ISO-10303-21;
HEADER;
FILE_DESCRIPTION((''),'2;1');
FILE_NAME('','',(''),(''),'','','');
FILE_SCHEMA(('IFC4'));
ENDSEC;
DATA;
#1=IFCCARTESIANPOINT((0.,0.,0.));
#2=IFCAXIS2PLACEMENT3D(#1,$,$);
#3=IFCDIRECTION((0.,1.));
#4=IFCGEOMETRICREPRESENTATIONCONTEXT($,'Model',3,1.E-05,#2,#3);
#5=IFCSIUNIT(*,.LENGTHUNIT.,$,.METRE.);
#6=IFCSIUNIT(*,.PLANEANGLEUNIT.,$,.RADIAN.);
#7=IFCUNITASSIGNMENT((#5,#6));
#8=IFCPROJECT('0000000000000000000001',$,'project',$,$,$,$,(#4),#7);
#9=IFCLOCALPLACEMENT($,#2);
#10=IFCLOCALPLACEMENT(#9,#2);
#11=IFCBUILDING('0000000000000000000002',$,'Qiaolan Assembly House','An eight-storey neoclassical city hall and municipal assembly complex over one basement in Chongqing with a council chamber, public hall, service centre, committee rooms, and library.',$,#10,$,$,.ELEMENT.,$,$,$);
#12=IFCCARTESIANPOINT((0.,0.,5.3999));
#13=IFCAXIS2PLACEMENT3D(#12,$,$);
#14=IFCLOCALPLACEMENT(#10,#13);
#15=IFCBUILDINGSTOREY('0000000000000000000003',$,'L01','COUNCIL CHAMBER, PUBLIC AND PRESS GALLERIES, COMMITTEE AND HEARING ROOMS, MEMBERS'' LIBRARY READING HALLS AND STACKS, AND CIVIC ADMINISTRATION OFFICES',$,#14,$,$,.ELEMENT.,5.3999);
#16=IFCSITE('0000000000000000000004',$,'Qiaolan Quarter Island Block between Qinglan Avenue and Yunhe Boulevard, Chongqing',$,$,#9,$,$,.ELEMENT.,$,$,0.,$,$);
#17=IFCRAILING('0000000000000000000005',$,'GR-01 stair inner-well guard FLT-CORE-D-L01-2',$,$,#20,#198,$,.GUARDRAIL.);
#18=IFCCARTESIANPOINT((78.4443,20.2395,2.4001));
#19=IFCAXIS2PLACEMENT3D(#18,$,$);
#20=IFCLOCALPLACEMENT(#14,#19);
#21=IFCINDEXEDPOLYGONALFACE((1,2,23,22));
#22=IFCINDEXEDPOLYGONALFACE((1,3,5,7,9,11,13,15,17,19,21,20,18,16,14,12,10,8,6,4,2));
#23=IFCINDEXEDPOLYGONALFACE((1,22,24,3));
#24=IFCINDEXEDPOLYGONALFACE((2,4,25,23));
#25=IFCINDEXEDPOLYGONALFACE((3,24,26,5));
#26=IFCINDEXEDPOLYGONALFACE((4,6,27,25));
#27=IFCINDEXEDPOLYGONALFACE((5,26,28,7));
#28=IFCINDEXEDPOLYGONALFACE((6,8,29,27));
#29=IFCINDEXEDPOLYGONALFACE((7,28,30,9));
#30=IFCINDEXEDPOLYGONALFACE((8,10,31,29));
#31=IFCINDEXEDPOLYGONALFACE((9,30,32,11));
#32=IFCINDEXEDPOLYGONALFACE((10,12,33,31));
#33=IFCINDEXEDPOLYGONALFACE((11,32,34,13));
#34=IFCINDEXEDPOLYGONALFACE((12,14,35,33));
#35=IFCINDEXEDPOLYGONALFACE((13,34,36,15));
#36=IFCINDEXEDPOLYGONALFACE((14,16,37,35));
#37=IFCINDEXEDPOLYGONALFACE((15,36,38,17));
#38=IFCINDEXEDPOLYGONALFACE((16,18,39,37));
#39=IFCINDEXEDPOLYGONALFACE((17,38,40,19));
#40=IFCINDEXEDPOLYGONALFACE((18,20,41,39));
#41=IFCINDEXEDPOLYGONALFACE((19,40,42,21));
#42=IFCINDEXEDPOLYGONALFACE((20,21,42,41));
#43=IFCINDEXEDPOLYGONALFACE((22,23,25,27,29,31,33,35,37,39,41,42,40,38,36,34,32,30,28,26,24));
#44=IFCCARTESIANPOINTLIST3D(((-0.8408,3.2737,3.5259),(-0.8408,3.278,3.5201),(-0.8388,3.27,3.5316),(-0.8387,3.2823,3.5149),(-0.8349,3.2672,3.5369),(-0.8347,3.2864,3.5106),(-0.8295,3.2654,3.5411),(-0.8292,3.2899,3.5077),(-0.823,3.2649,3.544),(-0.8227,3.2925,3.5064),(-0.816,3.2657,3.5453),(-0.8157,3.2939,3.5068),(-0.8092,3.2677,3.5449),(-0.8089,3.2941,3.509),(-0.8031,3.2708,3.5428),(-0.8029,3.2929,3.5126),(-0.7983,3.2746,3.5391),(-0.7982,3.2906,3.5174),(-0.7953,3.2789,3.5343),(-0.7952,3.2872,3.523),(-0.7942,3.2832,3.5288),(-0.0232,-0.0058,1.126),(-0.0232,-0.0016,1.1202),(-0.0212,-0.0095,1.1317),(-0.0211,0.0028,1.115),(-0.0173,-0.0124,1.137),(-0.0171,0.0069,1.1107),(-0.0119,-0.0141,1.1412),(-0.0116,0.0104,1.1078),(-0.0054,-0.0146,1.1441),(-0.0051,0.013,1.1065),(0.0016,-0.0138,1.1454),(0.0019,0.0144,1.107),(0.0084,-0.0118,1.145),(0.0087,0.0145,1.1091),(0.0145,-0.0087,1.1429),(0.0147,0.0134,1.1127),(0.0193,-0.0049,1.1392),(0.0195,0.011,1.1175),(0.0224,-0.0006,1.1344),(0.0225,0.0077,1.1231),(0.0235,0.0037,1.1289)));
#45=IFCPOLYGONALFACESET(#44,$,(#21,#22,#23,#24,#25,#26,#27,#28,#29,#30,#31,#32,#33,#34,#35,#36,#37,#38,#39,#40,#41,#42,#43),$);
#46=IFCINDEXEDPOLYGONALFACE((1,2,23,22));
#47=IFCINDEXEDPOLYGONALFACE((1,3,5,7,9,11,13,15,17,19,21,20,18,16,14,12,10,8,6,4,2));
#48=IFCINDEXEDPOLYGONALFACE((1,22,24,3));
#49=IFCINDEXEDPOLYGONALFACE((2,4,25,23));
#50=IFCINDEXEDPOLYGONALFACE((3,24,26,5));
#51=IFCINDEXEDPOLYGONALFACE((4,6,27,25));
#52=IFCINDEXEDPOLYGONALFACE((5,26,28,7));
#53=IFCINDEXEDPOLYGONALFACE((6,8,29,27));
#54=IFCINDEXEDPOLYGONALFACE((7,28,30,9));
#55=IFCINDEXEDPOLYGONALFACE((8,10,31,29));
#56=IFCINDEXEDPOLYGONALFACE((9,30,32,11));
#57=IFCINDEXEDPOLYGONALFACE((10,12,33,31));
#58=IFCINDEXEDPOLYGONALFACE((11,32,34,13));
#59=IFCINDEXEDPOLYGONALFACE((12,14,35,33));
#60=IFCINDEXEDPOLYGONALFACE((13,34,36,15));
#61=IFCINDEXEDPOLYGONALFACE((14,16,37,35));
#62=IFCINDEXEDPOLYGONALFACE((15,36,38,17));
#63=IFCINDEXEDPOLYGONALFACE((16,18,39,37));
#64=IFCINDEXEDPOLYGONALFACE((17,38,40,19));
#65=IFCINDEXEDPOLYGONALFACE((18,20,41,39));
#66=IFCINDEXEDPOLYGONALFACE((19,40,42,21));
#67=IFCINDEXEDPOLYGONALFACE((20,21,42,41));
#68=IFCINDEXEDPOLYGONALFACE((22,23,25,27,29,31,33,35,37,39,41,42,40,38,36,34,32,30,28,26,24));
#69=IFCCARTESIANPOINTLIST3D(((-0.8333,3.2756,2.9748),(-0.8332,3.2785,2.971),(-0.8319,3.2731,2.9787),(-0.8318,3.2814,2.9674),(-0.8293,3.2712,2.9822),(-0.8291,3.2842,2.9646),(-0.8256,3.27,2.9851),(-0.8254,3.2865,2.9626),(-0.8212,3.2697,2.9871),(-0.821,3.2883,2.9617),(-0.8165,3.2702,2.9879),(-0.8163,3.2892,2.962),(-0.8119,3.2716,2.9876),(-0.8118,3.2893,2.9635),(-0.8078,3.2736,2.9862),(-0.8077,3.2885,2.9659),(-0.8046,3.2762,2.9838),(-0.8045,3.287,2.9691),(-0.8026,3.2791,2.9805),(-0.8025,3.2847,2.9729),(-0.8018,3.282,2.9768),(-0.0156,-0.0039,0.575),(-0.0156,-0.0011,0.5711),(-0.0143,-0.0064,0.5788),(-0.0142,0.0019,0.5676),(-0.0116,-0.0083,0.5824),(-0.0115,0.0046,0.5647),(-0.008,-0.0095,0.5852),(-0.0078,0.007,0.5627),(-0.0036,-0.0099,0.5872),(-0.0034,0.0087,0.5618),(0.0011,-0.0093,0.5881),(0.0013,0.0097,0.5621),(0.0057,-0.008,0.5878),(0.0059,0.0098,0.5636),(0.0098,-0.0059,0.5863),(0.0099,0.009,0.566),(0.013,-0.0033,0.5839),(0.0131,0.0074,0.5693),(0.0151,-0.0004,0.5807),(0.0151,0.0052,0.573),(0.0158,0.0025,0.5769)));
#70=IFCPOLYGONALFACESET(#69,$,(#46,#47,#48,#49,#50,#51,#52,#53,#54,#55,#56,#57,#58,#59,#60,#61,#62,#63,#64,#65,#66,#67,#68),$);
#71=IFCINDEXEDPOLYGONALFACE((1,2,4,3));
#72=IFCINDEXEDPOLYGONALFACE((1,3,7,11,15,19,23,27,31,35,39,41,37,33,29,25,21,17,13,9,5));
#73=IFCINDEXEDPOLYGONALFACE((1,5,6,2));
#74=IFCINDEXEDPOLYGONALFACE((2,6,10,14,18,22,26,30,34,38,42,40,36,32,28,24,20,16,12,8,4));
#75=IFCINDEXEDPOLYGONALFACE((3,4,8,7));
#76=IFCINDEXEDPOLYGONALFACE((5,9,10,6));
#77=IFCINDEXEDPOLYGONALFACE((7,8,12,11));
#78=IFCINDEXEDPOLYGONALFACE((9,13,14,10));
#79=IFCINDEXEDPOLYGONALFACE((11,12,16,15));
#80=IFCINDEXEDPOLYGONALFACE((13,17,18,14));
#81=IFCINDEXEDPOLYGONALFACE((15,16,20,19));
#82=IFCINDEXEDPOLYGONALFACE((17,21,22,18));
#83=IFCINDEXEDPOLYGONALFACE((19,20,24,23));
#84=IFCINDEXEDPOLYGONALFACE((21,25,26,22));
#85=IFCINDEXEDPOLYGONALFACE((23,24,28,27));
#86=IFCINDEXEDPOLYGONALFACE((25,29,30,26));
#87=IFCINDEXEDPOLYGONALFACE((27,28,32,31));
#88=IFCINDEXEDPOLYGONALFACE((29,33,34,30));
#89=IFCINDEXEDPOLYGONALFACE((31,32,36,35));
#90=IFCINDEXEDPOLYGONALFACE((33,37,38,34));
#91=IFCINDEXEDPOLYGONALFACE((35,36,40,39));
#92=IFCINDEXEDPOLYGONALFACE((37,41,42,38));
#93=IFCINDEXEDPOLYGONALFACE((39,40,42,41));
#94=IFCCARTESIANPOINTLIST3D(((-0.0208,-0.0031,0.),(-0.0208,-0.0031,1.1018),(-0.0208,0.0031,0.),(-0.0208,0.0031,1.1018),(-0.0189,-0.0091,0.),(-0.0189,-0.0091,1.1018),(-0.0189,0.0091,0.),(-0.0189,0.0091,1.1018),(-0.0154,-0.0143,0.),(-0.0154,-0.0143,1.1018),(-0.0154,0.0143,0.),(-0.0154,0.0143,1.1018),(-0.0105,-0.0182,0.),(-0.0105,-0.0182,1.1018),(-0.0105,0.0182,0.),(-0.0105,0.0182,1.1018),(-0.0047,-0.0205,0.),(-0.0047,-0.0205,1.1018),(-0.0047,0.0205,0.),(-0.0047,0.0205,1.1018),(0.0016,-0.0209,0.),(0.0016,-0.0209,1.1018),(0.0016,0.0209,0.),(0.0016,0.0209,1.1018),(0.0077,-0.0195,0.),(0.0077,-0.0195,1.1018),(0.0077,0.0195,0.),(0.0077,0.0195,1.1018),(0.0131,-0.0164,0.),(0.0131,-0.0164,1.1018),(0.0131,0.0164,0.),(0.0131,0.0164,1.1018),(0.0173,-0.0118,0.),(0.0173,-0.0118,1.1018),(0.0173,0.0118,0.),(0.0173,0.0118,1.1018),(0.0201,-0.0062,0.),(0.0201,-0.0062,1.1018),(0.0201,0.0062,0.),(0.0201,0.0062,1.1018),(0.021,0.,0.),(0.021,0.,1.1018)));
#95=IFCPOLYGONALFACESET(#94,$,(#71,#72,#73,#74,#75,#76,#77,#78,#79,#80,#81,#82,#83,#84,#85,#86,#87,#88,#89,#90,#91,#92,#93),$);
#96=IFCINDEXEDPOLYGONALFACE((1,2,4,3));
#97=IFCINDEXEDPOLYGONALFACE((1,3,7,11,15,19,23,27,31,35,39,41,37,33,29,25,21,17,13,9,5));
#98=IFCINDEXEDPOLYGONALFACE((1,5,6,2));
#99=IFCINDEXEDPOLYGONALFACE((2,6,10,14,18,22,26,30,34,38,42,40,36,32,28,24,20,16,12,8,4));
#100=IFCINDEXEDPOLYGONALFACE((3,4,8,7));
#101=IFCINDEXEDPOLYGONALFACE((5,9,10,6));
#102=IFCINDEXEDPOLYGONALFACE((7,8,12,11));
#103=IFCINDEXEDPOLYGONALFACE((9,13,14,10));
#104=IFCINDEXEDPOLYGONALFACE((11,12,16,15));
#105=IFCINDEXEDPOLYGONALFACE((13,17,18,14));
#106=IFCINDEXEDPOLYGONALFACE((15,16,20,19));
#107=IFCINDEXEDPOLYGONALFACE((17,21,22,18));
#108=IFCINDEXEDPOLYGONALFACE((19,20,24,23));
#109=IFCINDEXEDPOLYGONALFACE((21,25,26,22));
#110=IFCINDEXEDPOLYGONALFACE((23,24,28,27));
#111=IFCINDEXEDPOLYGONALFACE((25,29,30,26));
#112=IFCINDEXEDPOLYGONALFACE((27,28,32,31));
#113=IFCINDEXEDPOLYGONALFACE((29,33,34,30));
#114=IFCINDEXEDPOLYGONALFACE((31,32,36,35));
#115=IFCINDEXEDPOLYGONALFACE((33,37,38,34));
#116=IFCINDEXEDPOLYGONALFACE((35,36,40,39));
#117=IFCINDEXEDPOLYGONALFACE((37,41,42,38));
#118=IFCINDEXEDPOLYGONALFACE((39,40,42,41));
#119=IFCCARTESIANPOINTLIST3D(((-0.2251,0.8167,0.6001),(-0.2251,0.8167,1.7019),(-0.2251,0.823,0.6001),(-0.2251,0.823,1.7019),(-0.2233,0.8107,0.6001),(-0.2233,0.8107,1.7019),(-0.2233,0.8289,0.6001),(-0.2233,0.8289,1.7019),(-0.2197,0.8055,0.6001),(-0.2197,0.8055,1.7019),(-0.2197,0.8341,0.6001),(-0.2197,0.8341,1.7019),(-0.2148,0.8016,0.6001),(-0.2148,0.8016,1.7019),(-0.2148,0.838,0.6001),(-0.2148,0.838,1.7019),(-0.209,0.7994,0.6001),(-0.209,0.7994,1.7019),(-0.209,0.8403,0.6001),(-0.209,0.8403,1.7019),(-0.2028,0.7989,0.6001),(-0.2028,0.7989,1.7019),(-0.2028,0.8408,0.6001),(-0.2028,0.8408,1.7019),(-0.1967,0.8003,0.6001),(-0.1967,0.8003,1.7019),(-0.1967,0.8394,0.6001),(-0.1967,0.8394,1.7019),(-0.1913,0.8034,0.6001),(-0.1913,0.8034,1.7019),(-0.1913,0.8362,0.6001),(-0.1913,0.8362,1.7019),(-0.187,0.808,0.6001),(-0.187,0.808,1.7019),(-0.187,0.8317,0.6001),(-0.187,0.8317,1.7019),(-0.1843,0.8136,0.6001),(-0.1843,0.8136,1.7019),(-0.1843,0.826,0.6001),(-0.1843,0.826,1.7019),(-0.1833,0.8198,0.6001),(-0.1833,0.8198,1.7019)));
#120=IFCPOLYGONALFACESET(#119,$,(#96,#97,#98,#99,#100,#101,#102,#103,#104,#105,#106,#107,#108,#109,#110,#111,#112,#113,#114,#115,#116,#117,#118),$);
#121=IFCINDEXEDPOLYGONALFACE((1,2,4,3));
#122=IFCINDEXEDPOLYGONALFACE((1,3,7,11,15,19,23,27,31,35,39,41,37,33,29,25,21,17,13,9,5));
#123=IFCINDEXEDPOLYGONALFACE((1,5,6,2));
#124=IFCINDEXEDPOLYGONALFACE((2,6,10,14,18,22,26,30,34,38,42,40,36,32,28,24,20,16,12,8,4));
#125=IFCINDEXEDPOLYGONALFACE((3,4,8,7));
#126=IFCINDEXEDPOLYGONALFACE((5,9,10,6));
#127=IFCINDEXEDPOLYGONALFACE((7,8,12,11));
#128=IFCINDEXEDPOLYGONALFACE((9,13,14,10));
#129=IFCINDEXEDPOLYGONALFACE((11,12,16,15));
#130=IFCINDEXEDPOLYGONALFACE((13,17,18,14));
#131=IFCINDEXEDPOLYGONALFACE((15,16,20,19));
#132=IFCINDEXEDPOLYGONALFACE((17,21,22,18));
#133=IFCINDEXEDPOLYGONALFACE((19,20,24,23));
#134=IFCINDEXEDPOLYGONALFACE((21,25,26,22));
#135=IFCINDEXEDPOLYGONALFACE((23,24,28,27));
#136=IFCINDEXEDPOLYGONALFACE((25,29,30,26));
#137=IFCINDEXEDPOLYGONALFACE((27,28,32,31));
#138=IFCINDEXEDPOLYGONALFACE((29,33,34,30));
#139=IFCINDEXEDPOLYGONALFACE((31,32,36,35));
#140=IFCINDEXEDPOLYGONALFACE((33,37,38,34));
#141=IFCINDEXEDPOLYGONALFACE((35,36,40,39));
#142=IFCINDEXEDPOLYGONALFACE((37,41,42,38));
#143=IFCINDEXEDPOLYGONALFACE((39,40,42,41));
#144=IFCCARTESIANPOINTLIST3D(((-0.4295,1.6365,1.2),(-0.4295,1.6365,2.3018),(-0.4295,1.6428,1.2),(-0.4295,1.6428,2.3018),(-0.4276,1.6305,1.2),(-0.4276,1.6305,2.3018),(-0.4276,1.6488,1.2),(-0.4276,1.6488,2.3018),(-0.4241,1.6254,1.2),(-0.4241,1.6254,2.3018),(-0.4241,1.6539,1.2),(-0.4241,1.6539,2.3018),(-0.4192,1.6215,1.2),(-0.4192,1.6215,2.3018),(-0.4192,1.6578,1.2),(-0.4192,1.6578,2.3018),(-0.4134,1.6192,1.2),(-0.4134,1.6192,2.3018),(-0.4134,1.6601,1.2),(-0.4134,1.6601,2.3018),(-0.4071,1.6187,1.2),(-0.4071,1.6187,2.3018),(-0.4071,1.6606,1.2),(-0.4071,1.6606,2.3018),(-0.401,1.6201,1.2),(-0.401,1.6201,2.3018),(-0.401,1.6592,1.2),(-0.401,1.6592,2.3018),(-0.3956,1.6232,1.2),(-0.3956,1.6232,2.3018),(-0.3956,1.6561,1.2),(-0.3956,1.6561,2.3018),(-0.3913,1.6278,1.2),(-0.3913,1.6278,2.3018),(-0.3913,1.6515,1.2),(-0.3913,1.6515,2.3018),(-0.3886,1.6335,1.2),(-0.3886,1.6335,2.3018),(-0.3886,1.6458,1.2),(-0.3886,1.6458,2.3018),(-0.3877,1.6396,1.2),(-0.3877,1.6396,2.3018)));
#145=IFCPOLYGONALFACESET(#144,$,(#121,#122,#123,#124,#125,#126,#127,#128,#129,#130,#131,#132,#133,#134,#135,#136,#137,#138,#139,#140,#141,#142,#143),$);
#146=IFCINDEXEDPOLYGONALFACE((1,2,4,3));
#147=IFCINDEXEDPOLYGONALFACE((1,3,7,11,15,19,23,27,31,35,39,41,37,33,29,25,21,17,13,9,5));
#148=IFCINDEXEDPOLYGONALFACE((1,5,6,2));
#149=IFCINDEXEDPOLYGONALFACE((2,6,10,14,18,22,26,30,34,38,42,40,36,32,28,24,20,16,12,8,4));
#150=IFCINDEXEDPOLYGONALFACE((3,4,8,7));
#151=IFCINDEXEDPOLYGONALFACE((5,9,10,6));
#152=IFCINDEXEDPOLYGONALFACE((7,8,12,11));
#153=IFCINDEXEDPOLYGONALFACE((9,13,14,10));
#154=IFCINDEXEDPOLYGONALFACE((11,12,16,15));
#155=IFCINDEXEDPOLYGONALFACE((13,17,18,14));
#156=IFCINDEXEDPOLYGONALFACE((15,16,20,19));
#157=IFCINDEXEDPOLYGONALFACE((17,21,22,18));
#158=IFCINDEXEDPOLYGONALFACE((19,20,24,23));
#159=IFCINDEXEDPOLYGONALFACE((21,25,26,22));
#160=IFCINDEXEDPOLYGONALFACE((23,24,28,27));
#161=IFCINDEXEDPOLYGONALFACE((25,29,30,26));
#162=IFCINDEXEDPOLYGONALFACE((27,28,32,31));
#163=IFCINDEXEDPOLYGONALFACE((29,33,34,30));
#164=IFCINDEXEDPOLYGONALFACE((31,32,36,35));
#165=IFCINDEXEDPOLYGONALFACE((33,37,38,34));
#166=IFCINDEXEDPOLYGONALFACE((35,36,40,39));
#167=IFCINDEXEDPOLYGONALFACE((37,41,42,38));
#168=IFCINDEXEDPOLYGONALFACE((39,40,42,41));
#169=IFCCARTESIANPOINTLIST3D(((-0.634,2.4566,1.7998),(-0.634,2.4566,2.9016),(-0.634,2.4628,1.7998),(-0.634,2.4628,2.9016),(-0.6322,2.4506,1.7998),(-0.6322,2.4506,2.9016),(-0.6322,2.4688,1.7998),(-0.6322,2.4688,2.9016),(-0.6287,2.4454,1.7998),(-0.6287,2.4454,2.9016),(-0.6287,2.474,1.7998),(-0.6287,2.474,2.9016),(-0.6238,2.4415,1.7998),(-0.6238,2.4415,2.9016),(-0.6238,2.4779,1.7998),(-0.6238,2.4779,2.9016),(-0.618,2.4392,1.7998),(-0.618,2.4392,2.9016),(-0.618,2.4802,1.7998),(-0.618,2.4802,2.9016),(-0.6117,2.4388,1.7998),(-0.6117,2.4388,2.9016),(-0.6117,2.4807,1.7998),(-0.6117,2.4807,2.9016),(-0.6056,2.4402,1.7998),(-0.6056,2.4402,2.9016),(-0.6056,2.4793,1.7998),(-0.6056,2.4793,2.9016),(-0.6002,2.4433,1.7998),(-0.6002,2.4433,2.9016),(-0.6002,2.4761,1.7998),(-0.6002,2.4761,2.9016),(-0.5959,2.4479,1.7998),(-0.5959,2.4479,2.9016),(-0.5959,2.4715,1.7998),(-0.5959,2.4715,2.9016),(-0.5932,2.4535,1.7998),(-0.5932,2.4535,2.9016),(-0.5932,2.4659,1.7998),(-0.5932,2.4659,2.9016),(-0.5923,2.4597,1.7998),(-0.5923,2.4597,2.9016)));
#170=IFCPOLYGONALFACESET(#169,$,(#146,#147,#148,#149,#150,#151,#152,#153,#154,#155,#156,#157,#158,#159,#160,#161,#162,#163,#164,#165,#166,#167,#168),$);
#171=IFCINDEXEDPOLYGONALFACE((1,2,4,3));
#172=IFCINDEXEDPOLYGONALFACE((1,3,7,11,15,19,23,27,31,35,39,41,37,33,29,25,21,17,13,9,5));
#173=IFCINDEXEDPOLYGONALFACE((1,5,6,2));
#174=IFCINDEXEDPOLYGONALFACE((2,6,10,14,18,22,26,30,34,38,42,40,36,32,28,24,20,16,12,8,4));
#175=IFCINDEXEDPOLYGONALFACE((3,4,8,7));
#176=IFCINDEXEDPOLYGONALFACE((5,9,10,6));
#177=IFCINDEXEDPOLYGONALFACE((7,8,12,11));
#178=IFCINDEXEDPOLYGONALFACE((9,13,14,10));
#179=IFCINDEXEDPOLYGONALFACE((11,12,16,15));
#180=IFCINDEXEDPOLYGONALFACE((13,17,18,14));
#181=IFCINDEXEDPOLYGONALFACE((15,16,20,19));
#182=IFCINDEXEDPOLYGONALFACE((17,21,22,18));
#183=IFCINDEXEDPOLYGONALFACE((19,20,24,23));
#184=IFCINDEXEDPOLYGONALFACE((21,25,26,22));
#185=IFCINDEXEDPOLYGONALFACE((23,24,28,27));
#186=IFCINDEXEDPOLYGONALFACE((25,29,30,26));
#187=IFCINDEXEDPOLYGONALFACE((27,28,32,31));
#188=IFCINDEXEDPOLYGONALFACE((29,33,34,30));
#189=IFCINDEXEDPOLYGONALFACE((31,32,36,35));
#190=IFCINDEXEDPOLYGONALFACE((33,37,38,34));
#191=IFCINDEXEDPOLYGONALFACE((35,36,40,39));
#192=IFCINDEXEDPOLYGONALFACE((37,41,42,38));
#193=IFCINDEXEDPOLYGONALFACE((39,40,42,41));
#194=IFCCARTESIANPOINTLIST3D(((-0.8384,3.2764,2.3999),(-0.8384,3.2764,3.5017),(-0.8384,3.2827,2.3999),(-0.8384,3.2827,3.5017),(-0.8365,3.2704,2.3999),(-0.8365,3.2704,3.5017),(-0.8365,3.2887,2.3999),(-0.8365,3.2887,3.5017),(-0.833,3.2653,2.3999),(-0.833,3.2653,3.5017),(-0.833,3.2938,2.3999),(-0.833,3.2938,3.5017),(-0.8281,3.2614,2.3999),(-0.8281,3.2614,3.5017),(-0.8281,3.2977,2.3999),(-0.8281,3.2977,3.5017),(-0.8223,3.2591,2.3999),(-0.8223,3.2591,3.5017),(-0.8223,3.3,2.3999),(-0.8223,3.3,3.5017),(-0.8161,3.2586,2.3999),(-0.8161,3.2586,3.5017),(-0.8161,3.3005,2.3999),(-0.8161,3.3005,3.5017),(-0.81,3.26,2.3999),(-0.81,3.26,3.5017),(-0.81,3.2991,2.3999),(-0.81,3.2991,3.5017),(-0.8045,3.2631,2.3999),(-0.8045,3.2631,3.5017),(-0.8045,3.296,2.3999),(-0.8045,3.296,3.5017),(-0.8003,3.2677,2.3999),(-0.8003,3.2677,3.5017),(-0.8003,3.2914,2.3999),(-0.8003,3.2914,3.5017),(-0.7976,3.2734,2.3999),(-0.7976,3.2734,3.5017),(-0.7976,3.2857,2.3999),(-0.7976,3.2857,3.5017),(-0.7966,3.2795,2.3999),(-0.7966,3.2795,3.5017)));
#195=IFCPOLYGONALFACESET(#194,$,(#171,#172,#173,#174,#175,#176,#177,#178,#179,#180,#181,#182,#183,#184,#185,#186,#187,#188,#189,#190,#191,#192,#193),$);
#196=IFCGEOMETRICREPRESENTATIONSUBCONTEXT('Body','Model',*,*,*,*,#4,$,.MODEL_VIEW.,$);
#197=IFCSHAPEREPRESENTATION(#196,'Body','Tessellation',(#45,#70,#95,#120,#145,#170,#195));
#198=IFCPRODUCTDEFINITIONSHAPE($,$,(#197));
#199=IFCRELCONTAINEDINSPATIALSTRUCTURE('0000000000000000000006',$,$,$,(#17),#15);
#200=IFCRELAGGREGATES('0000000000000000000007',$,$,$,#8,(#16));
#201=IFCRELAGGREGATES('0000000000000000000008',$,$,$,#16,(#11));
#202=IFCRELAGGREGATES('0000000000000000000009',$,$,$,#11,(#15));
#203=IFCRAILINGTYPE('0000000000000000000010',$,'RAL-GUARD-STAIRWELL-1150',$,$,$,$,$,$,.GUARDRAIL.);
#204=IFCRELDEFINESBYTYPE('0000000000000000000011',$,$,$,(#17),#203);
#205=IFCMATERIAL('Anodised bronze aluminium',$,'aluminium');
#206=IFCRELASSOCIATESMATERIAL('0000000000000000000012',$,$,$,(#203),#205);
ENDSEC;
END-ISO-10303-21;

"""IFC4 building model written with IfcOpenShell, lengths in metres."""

from ifc_helpers import new_model, si_unit, direction, frame, origin, origin_2d, place, context, subcontext, project, spatial, circle, extrude, material, type_object, element, save


model = new_model("IFC4")

# Units and contexts
model_context = context("Model", 3, precision=1e-05, world=origin(), true_north=direction((0.0, 1.0)))
body_context = subcontext(model_context, "Body", "Model", "MODEL_VIEW")
ifc_project = project(units=[si_unit("LENGTHUNIT", "METRE"), si_unit("PLANEANGLEUNIT", "RADIAN")], contexts=[model_context])

# Site, building, storey
site_placement = place(None, origin())
site = spatial("IfcSite", under=ifc_project, at=site_placement, Name="Qiaolan Quarter Island Block between Qinglan Avenue and Yunhe Boulevard, Chongqing", CompositionType="ELEMENT", RefElevation=0.0)
building_placement = place(site_placement, origin())
building = spatial("IfcBuilding", under=site, at=building_placement, Name="Qiaolan Assembly House", Description="An eight-storey neoclassical city hall and municipal assembly complex over one basement in Chongqing with a council chamber, public hall, service centre, committee rooms, and library.", CompositionType="ELEMENT")
storey_placement = place(building_placement, frame((0.0, 0.0, 5.3999)))
storey = spatial("IfcBuildingStorey", under=building, at=storey_placement, Name="L01", Description="COUNCIL CHAMBER, PUBLIC AND PRESS GALLERIES, COMMITTEE AND HEARING ROOMS, MEMBERS' LIBRARY READING HALLS AND STACKS, AND CIVIC ADMINISTRATION OFFICES", CompositionType="ELEMENT", Elevation=5.3999)

# Railing
ifc_material_1 = material(Name="Anodised bronze aluminium", Category="aluminium")
railing_type_1 = type_object("IfcRailingType", Name="RAL-GUARD-STAIRWELL-1150", PredefinedType="GUARDRAIL", material=ifc_material_1)
railing_1_placement = place(storey_placement, frame((78.4443, 20.2395, 2.4001)))
element("IfcRailing", 1, at=railing_1_placement, inside=storey, type_object=railing_type_1, Name="GR-01 stair inner-well guard FLT-CORE-D-L01-2", PredefinedType="GUARDRAIL", context=body_context, shape_type="SweptSolid", body=[
    extrude(circle(Radius=0.0239, at=origin_2d()), frame((0.0, 0.0, 1.126), z_axis=(-0.197242, 0.791149, 0.578947), x_axis=(-0.9703, -0.241907, 0.0)), (0.0, 0.0, 1.0), 4.1453),
    extrude(circle(Radius=0.0161, at=origin_2d()), frame((0.0, 0.0, 0.575), z_axis=(-0.197242, 0.791149, 0.578947), x_axis=(-0.9703, -0.241907, 0.0)), (0.0, 0.0, 1.0), 4.1453),
    extrude(circle(Radius=0.021, at=origin_2d()), origin(), (0.0, 0.0, 1.0), 1.1018),
    extrude(circle(Radius=0.021, at=origin_2d()), frame((-0.2043, 0.8198, 0.6001)), (0.0, 0.0, 1.0), 1.1018),
    extrude(circle(Radius=0.021, at=origin_2d()), frame((-0.4087, 1.6396, 1.2)), (0.0, 0.0, 1.0), 1.1018),
    extrude(circle(Radius=0.021, at=origin_2d()), frame((-0.6133, 2.4597, 1.7998)), (0.0, 0.0, 1.0), 1.1018),
    extrude(circle(Radius=0.021, at=origin_2d()), frame((-0.8176, 3.2795, 2.3999)), (0.0, 0.0, 1.0), 1.1018),
])

save(model, "model.ifc")
